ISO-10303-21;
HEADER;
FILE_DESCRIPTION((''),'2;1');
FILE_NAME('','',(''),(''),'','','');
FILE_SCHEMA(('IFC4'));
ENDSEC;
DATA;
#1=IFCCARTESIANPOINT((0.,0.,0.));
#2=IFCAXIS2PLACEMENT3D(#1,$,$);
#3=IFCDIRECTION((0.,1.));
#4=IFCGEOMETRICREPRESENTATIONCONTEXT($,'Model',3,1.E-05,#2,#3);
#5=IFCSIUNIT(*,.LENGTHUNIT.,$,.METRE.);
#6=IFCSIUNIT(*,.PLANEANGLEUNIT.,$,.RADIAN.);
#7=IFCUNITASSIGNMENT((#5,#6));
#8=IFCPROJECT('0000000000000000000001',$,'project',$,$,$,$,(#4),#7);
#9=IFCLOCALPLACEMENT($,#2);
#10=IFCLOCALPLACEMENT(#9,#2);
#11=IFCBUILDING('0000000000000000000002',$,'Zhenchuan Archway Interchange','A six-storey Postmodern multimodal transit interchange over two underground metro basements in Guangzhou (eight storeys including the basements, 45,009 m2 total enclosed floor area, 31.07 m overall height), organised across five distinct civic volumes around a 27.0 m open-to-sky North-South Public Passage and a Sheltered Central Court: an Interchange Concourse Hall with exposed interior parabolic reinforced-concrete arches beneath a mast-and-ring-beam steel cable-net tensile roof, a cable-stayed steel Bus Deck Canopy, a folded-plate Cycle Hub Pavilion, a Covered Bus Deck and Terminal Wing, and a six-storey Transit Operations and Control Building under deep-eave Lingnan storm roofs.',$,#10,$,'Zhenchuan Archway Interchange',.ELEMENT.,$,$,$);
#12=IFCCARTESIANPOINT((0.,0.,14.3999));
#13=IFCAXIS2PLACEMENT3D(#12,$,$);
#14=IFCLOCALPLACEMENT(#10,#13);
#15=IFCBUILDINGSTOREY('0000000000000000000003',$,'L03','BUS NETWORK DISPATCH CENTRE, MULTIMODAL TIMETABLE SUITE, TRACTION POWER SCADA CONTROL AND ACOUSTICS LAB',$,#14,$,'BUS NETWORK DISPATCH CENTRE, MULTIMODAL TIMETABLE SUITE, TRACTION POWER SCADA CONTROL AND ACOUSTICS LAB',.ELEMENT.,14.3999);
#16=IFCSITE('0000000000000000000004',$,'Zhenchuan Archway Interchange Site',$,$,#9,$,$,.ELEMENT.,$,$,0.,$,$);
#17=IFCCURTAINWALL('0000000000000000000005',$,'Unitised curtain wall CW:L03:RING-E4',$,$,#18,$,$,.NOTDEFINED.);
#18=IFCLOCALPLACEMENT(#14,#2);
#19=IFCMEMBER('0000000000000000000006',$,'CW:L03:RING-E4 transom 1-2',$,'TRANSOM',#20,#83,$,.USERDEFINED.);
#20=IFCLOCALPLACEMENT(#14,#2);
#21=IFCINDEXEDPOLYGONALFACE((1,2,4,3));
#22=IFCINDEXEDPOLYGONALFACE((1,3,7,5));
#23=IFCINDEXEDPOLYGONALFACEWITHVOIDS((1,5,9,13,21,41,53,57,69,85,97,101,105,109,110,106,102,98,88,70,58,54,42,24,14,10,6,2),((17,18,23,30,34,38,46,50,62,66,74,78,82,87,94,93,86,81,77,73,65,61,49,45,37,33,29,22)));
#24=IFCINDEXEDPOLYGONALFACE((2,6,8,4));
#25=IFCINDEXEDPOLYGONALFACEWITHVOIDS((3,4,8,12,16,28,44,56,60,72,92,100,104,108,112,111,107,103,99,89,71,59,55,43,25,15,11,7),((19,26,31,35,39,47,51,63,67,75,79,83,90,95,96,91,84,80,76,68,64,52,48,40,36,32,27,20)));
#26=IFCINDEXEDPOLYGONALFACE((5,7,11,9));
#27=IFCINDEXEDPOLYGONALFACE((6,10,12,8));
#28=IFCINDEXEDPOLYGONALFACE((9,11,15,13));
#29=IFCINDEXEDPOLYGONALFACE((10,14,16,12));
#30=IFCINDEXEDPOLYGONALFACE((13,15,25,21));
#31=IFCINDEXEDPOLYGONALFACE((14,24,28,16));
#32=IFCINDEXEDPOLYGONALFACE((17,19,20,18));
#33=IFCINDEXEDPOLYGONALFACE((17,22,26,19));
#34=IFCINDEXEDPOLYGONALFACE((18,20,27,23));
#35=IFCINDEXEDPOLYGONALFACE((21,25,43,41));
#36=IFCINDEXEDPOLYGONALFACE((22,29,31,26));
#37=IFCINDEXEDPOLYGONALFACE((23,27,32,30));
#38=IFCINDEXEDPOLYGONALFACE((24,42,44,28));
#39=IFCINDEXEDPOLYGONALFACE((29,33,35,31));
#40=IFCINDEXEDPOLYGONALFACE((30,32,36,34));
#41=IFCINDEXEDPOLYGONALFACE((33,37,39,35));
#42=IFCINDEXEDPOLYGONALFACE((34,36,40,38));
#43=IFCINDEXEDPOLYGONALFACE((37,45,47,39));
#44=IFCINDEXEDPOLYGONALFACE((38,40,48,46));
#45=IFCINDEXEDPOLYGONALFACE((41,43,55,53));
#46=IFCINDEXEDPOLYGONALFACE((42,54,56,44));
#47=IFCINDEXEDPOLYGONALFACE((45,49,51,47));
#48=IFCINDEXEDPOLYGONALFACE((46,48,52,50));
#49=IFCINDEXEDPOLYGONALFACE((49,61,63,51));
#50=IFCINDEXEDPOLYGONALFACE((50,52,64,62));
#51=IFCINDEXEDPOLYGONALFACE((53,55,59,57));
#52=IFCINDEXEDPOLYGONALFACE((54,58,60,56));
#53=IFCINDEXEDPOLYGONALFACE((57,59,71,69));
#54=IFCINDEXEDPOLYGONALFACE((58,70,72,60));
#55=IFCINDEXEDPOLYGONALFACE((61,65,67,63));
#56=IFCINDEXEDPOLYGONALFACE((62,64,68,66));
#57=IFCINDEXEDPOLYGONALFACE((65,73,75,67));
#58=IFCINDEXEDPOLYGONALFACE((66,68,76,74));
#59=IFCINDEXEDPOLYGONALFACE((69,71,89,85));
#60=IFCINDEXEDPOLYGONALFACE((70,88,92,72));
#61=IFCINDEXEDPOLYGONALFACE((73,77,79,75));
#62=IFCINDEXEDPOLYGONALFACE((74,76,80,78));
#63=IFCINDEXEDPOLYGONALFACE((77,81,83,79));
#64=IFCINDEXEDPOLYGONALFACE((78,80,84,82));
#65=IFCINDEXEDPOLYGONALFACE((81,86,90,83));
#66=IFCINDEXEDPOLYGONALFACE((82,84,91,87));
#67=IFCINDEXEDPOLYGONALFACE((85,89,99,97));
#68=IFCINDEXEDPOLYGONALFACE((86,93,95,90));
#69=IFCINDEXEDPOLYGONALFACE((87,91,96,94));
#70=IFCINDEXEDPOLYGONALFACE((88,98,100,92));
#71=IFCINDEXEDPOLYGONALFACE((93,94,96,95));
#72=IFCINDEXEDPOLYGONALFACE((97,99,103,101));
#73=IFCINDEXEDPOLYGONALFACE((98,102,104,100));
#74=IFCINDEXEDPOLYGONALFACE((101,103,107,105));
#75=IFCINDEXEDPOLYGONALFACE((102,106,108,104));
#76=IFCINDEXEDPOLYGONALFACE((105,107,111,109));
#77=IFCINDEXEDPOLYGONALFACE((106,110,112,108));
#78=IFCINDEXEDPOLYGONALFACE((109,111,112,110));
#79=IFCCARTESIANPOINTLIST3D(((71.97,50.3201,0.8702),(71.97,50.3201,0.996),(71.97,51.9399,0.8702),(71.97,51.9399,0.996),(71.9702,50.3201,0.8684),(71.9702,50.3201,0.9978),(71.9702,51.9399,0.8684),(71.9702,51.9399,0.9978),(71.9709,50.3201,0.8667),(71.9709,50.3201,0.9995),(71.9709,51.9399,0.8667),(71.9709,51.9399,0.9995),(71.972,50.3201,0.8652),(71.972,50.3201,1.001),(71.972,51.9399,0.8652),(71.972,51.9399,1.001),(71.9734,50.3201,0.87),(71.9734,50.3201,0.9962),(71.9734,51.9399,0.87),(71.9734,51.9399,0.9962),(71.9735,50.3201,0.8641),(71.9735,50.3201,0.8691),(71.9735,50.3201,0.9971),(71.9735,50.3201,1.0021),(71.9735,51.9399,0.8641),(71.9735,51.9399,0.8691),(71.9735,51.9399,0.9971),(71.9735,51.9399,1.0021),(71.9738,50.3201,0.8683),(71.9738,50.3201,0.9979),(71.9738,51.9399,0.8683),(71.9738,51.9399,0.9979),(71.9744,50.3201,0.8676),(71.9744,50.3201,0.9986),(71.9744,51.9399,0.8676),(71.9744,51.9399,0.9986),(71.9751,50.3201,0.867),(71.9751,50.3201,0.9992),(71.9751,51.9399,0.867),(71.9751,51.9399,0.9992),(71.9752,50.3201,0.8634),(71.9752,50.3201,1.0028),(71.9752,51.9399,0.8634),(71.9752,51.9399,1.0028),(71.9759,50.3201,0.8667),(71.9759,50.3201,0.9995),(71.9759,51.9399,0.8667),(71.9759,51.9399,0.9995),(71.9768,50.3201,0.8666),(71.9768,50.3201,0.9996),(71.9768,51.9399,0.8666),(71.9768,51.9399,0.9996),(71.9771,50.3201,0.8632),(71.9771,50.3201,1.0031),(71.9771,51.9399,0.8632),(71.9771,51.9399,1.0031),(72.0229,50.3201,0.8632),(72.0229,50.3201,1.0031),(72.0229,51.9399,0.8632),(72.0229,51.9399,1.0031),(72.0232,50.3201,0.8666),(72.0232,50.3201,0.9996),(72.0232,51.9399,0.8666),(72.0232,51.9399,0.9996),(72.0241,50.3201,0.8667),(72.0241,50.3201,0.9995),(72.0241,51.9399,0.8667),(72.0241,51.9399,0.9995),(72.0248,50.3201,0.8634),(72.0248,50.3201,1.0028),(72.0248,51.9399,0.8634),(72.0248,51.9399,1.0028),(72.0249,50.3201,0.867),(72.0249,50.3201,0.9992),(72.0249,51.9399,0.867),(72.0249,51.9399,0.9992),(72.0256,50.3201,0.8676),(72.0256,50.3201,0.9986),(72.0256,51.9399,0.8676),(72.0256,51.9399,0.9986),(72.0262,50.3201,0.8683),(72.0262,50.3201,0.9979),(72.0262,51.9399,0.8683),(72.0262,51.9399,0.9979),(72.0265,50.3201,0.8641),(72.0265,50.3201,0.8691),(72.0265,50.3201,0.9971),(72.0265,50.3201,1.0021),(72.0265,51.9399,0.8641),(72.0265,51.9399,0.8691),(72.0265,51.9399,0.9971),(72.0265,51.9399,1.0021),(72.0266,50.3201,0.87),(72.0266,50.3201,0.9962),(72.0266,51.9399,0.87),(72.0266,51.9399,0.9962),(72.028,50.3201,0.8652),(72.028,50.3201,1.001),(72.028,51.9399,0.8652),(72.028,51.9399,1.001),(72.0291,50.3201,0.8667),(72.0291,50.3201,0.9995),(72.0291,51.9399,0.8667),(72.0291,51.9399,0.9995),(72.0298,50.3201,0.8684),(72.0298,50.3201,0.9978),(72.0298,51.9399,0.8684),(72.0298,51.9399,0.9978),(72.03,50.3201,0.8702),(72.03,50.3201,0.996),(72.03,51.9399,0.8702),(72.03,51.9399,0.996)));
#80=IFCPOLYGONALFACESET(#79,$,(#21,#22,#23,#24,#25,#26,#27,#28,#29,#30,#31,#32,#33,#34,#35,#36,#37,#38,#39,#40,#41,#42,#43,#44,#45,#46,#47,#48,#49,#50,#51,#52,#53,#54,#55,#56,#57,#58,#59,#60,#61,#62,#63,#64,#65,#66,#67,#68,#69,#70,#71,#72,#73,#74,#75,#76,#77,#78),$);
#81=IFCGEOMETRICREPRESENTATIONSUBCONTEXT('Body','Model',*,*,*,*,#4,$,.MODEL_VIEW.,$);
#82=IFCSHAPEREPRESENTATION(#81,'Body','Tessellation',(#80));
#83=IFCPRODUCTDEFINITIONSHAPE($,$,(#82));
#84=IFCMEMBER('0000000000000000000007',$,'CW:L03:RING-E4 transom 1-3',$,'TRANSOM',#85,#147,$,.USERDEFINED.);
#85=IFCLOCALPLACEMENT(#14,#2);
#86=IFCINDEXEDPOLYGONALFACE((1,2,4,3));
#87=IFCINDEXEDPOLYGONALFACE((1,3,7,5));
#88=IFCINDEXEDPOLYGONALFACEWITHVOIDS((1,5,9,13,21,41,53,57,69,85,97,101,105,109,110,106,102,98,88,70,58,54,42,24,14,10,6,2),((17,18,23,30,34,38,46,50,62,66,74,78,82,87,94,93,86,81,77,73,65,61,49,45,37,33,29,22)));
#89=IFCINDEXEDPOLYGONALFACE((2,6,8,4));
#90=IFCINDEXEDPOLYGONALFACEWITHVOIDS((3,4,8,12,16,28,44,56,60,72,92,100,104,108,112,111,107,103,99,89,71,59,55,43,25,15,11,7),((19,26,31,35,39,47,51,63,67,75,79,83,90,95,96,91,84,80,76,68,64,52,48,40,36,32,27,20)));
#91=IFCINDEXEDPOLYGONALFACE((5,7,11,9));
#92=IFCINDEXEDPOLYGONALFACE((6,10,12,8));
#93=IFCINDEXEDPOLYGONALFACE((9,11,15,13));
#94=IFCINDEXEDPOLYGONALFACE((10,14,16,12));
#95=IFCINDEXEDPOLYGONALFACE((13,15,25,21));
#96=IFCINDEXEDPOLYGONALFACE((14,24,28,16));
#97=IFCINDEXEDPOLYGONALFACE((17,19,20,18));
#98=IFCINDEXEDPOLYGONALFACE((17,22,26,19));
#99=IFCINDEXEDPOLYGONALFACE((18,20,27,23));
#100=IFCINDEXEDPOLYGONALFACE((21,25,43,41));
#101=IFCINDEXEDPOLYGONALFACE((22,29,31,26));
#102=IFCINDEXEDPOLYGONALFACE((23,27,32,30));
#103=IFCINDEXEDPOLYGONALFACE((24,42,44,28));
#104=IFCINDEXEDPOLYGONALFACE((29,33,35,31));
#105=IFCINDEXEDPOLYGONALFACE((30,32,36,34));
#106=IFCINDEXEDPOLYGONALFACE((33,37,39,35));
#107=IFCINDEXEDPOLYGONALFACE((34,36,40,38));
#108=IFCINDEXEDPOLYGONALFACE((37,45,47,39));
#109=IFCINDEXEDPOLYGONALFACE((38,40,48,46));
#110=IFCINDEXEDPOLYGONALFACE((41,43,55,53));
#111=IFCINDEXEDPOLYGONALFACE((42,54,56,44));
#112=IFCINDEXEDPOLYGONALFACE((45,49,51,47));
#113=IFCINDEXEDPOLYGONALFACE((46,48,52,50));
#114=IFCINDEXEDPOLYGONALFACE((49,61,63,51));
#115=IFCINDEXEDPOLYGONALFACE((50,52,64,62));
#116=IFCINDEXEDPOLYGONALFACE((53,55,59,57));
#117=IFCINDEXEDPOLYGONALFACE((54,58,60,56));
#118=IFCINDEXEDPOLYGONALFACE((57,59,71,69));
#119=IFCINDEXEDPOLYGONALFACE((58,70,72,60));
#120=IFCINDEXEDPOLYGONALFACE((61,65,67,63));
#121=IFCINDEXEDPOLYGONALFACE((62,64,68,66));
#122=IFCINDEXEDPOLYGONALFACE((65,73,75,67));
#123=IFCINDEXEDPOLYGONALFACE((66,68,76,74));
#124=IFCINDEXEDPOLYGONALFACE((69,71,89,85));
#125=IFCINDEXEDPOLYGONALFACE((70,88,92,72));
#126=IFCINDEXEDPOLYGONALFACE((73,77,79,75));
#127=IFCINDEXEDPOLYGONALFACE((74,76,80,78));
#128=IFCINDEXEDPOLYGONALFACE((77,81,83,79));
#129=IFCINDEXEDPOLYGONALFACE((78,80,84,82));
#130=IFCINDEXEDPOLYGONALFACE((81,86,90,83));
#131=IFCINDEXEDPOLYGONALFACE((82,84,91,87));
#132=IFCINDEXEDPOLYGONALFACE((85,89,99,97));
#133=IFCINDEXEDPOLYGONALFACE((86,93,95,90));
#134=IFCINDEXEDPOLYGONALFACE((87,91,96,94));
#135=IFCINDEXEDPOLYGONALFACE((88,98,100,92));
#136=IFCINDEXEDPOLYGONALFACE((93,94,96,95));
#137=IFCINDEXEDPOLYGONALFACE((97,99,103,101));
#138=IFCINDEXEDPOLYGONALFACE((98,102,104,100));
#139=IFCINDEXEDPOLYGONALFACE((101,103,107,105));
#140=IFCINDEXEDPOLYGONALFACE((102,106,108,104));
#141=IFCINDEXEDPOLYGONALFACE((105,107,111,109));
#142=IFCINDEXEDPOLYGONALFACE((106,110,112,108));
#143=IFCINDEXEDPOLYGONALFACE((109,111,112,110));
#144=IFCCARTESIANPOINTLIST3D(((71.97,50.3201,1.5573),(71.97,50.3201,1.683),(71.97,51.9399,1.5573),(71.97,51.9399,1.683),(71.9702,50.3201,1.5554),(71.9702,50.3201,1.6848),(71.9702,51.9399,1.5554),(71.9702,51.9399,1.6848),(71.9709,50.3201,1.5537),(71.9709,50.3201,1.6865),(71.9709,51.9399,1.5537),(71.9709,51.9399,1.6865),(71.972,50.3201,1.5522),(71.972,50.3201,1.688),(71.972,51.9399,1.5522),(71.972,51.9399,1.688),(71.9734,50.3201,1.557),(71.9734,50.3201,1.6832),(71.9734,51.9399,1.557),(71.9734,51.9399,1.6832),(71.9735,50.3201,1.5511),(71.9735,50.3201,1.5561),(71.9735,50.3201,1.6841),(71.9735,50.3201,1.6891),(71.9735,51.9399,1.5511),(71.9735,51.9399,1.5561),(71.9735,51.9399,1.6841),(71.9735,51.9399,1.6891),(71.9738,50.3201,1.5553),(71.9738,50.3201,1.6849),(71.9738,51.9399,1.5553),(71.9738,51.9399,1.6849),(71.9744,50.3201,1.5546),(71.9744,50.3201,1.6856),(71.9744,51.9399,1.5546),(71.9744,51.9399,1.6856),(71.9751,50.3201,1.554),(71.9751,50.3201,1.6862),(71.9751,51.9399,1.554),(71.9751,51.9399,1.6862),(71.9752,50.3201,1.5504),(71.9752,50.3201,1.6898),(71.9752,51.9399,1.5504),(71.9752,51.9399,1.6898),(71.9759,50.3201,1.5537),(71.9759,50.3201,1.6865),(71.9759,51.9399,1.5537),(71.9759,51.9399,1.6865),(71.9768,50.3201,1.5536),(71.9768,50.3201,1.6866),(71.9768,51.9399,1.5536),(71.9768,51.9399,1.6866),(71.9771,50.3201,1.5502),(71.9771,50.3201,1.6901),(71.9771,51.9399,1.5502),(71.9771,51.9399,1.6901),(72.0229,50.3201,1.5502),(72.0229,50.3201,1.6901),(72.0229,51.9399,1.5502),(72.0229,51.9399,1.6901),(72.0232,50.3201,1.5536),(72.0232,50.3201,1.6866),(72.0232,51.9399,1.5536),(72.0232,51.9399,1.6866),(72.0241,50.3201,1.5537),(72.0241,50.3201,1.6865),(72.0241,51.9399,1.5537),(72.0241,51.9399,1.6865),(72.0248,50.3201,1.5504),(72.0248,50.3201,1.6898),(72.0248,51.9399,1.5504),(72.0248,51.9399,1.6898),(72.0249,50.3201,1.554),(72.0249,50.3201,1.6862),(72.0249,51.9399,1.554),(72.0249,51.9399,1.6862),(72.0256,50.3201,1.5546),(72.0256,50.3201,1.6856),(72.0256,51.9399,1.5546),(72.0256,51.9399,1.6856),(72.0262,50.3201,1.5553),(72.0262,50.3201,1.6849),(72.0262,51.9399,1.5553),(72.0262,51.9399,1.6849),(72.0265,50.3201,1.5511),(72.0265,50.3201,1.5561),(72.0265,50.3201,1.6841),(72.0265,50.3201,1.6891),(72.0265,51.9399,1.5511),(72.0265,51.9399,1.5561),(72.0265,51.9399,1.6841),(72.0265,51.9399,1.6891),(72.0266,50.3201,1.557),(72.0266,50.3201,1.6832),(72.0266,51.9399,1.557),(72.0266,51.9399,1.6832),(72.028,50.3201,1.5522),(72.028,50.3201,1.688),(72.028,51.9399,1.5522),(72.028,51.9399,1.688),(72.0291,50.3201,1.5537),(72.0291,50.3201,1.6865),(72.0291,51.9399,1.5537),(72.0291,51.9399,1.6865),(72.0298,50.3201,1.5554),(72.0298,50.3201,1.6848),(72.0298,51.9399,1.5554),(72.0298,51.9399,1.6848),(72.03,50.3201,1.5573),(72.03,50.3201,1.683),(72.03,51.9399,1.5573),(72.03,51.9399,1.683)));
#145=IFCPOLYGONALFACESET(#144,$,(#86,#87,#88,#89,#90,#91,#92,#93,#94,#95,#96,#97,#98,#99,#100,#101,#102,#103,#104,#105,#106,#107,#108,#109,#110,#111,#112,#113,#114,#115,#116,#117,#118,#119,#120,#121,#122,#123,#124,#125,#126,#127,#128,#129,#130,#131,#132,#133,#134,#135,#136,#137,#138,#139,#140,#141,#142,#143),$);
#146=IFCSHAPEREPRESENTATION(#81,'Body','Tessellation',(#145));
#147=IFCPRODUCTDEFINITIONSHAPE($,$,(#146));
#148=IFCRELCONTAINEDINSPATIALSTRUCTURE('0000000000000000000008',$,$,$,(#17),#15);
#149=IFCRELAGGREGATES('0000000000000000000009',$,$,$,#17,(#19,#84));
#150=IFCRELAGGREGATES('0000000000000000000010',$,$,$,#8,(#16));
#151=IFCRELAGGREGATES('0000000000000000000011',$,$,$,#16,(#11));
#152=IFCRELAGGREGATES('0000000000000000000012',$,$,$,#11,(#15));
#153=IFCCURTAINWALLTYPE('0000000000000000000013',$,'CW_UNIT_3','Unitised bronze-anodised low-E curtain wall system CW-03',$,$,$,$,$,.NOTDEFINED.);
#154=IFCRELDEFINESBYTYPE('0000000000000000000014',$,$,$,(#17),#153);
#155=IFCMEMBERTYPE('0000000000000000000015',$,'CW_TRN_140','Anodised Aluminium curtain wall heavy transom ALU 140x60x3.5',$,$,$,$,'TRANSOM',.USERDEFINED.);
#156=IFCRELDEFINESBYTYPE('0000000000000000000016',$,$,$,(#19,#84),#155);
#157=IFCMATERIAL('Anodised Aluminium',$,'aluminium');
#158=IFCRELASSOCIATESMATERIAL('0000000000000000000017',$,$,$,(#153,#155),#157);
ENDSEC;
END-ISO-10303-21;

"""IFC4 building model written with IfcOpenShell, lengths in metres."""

from ifc_helpers import new_model, si_unit, direction, frame, origin, origin_2d, place, context, subcontext, project, spatial, hollow_rectangle, extrude, material, material_profile, profile_set, type_object, element, aggregate, save


model = new_model("IFC4")

# Units and contexts
model_context = context("Model", 3, precision=1e-05, world=origin(), true_north=direction((0.0, 1.0)))
body_context = subcontext(model_context, "Body", "Model", "MODEL_VIEW")
ifc_project = project(units=[si_unit("LENGTHUNIT", "METRE"), si_unit("PLANEANGLEUNIT", "RADIAN")], contexts=[model_context])

# Site, building, storey
site_placement = place(None, origin())
site = spatial("IfcSite", under=ifc_project, at=site_placement, Name="Zhenchuan Archway Interchange Site", CompositionType="ELEMENT", RefElevation=0.0)
building_placement = place(site_placement, origin())
building = spatial("IfcBuilding", under=site, at=building_placement, Name="Zhenchuan Archway Interchange", Description="A six-storey Postmodern multimodal transit interchange over two underground metro basements in Guangzhou (eight storeys including the basements, 45,009 m2 total enclosed floor area, 31.07 m overall height), organised across five distinct civic volumes around a 27.0 m open-to-sky North-South Public Passage and a Sheltered Central Court: an Interchange Concourse Hall with exposed interior parabolic reinforced-concrete arches beneath a mast-and-ring-beam steel cable-net tensile roof, a cable-stayed steel Bus Deck Canopy, a folded-plate Cycle Hub Pavilion, a Covered Bus Deck and Terminal Wing, and a six-storey Transit Operations and Control Building under deep-eave Lingnan storm roofs.", LongName="Zhenchuan Archway Interchange", CompositionType="ELEMENT")
storey_placement = place(building_placement, frame((0.0, 0.0, 14.3999)))
storey = spatial("IfcBuildingStorey", under=building, at=storey_placement, Name="L03", Description="BUS NETWORK DISPATCH CENTRE, MULTIMODAL TIMETABLE SUITE, TRACTION POWER SCADA CONTROL AND ACOUSTICS LAB", LongName="BUS NETWORK DISPATCH CENTRE, MULTIMODAL TIMETABLE SUITE, TRACTION POWER SCADA CONTROL AND ACOUSTICS LAB", CompositionType="ELEMENT", Elevation=14.3999)

# Shared definitions
ifc_material_1 = material(Name="Anodised Aluminium", Category="aluminium")
curtain_wall_type = type_object("IfcCurtainWallType", Name="CW_UNIT_3", Description="Unitised bronze-anodised low-E curtain wall system CW-03", PredefinedType="NOTDEFINED", material=ifc_material_1)

# Curtain wall
curtain_wall_1_placement = place(storey_placement, origin())
curtain_wall_1 = element("IfcCurtainWall", 1, at=curtain_wall_1_placement, inside=storey, type_object=curtain_wall_type, Name="Unitised curtain wall CW:L03:RING-E4", PredefinedType="NOTDEFINED")

# Members
ifc_material_profile_1 = material_profile(ifc_material_1, hollow_rectangle(XDim=0.0601, YDim=0.1399, WallThickness=0.0034, InnerFilletRadius=0.0034, OuterFilletRadius=0.0071, at=origin_2d()), Name="ALU 140x60x3.5")
ifc_profile_set_1 = profile_set([ifc_material_profile_1], Name="Anodised Aluminium")
member_type_1 = type_object("IfcMemberType", Name="CW_TRN_140", Description="Anodised Aluminium curtain wall heavy transom ALU 140x60x3.5", ElementType="TRANSOM", PredefinedType="USERDEFINED", material=ifc_profile_set_1)
member_1_placement = place(storey_placement, frame((72.0, 50.3201, 0.9331), z_axis=(0.0, 1.0, 0.0), x_axis=(-1.0, 0.0, 0.0)))
member_1 = element("IfcMember", 2, at=member_1_placement, type_object=member_type_1, Name="CW:L03:RING-E4 transom 1-2", ObjectType="TRANSOM", PredefinedType="USERDEFINED", context=body_context, shape_type="SweptSolid", body=[
    extrude(hollow_rectangle(XDim=0.0601, YDim=0.1399, WallThickness=0.0034, InnerFilletRadius=0.0034, OuterFilletRadius=0.0071, at=origin_2d()), origin(), (0.0, 0.0, 1.0), 1.6199),
])
member_2_placement = place(storey_placement, frame((72.0, 50.3201, 1.6201), z_axis=(0.0, 1.0, 0.0), x_axis=(-1.0, 0.0, 0.0)))
member_2 = element("IfcMember", 3, at=member_2_placement, type_object=member_type_1, Name="CW:L03:RING-E4 transom 1-3", ObjectType="TRANSOM", PredefinedType="USERDEFINED", context=body_context, shape_type="SweptSolid", body=[
    extrude(hollow_rectangle(XDim=0.0601, YDim=0.1399, WallThickness=0.0034, InnerFilletRadius=0.0034, OuterFilletRadius=0.0071, at=origin_2d()), origin(), (0.0, 0.0, 1.0), 1.6199),
])

aggregate(curtain_wall_1, [member_1, member_2])

save(model, "model.ifc")
